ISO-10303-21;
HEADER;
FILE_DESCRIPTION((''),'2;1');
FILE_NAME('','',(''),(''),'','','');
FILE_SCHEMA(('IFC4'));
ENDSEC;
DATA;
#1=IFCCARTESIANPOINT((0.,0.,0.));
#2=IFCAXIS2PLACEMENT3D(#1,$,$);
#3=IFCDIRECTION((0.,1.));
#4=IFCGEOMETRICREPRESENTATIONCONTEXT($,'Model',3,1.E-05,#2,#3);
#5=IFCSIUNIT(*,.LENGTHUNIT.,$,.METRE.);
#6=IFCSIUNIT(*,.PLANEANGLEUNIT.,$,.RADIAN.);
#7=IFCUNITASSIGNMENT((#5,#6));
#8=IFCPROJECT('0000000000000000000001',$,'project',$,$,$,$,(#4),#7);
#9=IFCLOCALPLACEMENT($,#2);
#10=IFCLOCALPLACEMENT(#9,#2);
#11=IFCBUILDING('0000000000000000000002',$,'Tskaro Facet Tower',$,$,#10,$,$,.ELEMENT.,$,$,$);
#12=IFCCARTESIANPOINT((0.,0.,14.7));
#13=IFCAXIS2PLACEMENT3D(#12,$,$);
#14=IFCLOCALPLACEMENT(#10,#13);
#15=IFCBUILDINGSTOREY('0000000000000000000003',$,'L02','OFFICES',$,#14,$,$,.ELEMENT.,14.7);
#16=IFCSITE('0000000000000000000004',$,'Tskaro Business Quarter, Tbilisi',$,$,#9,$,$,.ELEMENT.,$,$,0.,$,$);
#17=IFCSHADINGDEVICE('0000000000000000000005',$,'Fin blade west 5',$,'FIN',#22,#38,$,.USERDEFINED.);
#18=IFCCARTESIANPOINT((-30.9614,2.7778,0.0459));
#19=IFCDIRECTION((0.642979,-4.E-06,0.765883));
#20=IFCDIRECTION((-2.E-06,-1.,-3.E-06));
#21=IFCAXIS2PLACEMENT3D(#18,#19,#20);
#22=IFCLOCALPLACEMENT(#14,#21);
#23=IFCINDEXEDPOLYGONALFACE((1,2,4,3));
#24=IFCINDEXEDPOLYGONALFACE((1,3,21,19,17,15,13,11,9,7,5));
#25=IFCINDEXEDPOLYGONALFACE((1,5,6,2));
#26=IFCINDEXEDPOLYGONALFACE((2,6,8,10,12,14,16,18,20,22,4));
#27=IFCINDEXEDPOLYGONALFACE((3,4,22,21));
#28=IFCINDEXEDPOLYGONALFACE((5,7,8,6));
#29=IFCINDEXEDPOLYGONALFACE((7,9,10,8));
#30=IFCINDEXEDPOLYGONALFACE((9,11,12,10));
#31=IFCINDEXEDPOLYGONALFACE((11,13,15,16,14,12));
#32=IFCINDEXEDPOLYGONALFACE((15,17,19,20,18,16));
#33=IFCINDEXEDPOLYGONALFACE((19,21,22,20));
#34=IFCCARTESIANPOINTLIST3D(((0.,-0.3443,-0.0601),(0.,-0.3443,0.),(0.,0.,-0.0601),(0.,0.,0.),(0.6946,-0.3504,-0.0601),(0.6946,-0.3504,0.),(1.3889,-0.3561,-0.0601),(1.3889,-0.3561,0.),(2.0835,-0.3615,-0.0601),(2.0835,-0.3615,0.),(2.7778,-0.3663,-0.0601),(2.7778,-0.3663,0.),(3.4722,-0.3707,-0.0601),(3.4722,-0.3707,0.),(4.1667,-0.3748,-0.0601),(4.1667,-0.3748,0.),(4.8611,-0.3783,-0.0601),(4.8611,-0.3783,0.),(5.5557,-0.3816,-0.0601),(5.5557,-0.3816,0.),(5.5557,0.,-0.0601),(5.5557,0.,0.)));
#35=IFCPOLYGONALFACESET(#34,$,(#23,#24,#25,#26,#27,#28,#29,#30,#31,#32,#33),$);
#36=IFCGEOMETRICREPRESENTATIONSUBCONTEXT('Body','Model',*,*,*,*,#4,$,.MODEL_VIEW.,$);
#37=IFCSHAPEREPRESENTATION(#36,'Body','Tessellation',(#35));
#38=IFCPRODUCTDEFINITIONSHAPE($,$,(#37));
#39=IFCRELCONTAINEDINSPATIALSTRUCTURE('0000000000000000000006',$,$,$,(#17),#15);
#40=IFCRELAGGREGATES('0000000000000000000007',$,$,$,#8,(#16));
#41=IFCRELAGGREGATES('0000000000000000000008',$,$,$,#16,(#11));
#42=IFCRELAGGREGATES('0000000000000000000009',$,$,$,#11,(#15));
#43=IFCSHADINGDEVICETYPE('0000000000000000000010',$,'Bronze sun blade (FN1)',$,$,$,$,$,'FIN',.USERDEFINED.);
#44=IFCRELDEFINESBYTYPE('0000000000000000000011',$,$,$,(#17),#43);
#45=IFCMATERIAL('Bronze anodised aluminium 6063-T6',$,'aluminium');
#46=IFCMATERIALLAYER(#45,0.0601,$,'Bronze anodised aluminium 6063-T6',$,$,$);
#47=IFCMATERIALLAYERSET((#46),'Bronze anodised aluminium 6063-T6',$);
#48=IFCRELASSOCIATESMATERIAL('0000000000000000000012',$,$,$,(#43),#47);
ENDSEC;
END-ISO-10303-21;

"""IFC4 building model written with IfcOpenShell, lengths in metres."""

from ifc_helpers import new_model, si_unit, direction, frame, origin, place, context, subcontext, project, spatial, polyline, outline, extrude, material, layer, layer_set, type_object, element, save


model = new_model("IFC4")

# Units and contexts
model_context = context("Model", 3, precision=1e-05, world=origin(), true_north=direction((0.0, 1.0)))
body_context = subcontext(model_context, "Body", "Model", "MODEL_VIEW")
ifc_project = project(units=[si_unit("LENGTHUNIT", "METRE"), si_unit("PLANEANGLEUNIT", "RADIAN")], contexts=[model_context])

# Site, building, storey
site_placement = place(None, origin())
site = spatial("IfcSite", under=ifc_project, at=site_placement, Name="Tskaro Business Quarter, Tbilisi", CompositionType="ELEMENT", RefElevation=0.0)
building_placement = place(site_placement, origin())
building = spatial("IfcBuilding", under=site, at=building_placement, Name="Tskaro Facet Tower", CompositionType="ELEMENT")
storey_placement = place(building_placement, frame((0.0, 0.0, 14.7)))
storey = spatial("IfcBuildingStorey", under=building, at=storey_placement, Name="L02", Description="OFFICES", CompositionType="ELEMENT", Elevation=14.7)

# Shared definitions
ifc_material_1 = material(Name="Bronze anodised aluminium 6063-T6", Category="aluminium")

# Shading device
ifc_layer_1 = layer(ifc_material_1, 0.0601, Name="Bronze anodised aluminium 6063-T6")
ifc_layer_set_1 = layer_set([ifc_layer_1], Name="Bronze anodised aluminium 6063-T6")
shading_device_type = type_object("IfcShadingDeviceType", Name="Bronze sun blade (FN1)", ElementType="FIN", PredefinedType="USERDEFINED", material=ifc_layer_set_1)
shading_device_1_placement = place(storey_placement, frame((-30.9614, 2.7778, 0.0459), z_axis=(0.642979, -0.000004, 0.765883), x_axis=(-0.000002, -1.0, -0.000003)))
element("IfcShadingDevice", 1, at=shading_device_1_placement, inside=storey, type_object=shading_device_type, Name="Fin blade west 5", ObjectType="FIN", PredefinedType="USERDEFINED", context=body_context, shape_type="SweptSolid", body=[
    extrude(outline(polyline([(0.0, 0.0), (5.5557, 0.0), (5.5557, -0.3816), (4.8611, -0.3783), (4.1667, -0.3748), (3.4722, -0.3707), (2.7778, -0.3663), (2.0835, -0.3615), (1.3889, -0.3561), (0.6946, -0.3504), (0.0, -0.3443), (0.0, 0.0)])), origin(), (0.0, 0.0, -1.0), 0.0601),
])

save(model, "model.ifc")
